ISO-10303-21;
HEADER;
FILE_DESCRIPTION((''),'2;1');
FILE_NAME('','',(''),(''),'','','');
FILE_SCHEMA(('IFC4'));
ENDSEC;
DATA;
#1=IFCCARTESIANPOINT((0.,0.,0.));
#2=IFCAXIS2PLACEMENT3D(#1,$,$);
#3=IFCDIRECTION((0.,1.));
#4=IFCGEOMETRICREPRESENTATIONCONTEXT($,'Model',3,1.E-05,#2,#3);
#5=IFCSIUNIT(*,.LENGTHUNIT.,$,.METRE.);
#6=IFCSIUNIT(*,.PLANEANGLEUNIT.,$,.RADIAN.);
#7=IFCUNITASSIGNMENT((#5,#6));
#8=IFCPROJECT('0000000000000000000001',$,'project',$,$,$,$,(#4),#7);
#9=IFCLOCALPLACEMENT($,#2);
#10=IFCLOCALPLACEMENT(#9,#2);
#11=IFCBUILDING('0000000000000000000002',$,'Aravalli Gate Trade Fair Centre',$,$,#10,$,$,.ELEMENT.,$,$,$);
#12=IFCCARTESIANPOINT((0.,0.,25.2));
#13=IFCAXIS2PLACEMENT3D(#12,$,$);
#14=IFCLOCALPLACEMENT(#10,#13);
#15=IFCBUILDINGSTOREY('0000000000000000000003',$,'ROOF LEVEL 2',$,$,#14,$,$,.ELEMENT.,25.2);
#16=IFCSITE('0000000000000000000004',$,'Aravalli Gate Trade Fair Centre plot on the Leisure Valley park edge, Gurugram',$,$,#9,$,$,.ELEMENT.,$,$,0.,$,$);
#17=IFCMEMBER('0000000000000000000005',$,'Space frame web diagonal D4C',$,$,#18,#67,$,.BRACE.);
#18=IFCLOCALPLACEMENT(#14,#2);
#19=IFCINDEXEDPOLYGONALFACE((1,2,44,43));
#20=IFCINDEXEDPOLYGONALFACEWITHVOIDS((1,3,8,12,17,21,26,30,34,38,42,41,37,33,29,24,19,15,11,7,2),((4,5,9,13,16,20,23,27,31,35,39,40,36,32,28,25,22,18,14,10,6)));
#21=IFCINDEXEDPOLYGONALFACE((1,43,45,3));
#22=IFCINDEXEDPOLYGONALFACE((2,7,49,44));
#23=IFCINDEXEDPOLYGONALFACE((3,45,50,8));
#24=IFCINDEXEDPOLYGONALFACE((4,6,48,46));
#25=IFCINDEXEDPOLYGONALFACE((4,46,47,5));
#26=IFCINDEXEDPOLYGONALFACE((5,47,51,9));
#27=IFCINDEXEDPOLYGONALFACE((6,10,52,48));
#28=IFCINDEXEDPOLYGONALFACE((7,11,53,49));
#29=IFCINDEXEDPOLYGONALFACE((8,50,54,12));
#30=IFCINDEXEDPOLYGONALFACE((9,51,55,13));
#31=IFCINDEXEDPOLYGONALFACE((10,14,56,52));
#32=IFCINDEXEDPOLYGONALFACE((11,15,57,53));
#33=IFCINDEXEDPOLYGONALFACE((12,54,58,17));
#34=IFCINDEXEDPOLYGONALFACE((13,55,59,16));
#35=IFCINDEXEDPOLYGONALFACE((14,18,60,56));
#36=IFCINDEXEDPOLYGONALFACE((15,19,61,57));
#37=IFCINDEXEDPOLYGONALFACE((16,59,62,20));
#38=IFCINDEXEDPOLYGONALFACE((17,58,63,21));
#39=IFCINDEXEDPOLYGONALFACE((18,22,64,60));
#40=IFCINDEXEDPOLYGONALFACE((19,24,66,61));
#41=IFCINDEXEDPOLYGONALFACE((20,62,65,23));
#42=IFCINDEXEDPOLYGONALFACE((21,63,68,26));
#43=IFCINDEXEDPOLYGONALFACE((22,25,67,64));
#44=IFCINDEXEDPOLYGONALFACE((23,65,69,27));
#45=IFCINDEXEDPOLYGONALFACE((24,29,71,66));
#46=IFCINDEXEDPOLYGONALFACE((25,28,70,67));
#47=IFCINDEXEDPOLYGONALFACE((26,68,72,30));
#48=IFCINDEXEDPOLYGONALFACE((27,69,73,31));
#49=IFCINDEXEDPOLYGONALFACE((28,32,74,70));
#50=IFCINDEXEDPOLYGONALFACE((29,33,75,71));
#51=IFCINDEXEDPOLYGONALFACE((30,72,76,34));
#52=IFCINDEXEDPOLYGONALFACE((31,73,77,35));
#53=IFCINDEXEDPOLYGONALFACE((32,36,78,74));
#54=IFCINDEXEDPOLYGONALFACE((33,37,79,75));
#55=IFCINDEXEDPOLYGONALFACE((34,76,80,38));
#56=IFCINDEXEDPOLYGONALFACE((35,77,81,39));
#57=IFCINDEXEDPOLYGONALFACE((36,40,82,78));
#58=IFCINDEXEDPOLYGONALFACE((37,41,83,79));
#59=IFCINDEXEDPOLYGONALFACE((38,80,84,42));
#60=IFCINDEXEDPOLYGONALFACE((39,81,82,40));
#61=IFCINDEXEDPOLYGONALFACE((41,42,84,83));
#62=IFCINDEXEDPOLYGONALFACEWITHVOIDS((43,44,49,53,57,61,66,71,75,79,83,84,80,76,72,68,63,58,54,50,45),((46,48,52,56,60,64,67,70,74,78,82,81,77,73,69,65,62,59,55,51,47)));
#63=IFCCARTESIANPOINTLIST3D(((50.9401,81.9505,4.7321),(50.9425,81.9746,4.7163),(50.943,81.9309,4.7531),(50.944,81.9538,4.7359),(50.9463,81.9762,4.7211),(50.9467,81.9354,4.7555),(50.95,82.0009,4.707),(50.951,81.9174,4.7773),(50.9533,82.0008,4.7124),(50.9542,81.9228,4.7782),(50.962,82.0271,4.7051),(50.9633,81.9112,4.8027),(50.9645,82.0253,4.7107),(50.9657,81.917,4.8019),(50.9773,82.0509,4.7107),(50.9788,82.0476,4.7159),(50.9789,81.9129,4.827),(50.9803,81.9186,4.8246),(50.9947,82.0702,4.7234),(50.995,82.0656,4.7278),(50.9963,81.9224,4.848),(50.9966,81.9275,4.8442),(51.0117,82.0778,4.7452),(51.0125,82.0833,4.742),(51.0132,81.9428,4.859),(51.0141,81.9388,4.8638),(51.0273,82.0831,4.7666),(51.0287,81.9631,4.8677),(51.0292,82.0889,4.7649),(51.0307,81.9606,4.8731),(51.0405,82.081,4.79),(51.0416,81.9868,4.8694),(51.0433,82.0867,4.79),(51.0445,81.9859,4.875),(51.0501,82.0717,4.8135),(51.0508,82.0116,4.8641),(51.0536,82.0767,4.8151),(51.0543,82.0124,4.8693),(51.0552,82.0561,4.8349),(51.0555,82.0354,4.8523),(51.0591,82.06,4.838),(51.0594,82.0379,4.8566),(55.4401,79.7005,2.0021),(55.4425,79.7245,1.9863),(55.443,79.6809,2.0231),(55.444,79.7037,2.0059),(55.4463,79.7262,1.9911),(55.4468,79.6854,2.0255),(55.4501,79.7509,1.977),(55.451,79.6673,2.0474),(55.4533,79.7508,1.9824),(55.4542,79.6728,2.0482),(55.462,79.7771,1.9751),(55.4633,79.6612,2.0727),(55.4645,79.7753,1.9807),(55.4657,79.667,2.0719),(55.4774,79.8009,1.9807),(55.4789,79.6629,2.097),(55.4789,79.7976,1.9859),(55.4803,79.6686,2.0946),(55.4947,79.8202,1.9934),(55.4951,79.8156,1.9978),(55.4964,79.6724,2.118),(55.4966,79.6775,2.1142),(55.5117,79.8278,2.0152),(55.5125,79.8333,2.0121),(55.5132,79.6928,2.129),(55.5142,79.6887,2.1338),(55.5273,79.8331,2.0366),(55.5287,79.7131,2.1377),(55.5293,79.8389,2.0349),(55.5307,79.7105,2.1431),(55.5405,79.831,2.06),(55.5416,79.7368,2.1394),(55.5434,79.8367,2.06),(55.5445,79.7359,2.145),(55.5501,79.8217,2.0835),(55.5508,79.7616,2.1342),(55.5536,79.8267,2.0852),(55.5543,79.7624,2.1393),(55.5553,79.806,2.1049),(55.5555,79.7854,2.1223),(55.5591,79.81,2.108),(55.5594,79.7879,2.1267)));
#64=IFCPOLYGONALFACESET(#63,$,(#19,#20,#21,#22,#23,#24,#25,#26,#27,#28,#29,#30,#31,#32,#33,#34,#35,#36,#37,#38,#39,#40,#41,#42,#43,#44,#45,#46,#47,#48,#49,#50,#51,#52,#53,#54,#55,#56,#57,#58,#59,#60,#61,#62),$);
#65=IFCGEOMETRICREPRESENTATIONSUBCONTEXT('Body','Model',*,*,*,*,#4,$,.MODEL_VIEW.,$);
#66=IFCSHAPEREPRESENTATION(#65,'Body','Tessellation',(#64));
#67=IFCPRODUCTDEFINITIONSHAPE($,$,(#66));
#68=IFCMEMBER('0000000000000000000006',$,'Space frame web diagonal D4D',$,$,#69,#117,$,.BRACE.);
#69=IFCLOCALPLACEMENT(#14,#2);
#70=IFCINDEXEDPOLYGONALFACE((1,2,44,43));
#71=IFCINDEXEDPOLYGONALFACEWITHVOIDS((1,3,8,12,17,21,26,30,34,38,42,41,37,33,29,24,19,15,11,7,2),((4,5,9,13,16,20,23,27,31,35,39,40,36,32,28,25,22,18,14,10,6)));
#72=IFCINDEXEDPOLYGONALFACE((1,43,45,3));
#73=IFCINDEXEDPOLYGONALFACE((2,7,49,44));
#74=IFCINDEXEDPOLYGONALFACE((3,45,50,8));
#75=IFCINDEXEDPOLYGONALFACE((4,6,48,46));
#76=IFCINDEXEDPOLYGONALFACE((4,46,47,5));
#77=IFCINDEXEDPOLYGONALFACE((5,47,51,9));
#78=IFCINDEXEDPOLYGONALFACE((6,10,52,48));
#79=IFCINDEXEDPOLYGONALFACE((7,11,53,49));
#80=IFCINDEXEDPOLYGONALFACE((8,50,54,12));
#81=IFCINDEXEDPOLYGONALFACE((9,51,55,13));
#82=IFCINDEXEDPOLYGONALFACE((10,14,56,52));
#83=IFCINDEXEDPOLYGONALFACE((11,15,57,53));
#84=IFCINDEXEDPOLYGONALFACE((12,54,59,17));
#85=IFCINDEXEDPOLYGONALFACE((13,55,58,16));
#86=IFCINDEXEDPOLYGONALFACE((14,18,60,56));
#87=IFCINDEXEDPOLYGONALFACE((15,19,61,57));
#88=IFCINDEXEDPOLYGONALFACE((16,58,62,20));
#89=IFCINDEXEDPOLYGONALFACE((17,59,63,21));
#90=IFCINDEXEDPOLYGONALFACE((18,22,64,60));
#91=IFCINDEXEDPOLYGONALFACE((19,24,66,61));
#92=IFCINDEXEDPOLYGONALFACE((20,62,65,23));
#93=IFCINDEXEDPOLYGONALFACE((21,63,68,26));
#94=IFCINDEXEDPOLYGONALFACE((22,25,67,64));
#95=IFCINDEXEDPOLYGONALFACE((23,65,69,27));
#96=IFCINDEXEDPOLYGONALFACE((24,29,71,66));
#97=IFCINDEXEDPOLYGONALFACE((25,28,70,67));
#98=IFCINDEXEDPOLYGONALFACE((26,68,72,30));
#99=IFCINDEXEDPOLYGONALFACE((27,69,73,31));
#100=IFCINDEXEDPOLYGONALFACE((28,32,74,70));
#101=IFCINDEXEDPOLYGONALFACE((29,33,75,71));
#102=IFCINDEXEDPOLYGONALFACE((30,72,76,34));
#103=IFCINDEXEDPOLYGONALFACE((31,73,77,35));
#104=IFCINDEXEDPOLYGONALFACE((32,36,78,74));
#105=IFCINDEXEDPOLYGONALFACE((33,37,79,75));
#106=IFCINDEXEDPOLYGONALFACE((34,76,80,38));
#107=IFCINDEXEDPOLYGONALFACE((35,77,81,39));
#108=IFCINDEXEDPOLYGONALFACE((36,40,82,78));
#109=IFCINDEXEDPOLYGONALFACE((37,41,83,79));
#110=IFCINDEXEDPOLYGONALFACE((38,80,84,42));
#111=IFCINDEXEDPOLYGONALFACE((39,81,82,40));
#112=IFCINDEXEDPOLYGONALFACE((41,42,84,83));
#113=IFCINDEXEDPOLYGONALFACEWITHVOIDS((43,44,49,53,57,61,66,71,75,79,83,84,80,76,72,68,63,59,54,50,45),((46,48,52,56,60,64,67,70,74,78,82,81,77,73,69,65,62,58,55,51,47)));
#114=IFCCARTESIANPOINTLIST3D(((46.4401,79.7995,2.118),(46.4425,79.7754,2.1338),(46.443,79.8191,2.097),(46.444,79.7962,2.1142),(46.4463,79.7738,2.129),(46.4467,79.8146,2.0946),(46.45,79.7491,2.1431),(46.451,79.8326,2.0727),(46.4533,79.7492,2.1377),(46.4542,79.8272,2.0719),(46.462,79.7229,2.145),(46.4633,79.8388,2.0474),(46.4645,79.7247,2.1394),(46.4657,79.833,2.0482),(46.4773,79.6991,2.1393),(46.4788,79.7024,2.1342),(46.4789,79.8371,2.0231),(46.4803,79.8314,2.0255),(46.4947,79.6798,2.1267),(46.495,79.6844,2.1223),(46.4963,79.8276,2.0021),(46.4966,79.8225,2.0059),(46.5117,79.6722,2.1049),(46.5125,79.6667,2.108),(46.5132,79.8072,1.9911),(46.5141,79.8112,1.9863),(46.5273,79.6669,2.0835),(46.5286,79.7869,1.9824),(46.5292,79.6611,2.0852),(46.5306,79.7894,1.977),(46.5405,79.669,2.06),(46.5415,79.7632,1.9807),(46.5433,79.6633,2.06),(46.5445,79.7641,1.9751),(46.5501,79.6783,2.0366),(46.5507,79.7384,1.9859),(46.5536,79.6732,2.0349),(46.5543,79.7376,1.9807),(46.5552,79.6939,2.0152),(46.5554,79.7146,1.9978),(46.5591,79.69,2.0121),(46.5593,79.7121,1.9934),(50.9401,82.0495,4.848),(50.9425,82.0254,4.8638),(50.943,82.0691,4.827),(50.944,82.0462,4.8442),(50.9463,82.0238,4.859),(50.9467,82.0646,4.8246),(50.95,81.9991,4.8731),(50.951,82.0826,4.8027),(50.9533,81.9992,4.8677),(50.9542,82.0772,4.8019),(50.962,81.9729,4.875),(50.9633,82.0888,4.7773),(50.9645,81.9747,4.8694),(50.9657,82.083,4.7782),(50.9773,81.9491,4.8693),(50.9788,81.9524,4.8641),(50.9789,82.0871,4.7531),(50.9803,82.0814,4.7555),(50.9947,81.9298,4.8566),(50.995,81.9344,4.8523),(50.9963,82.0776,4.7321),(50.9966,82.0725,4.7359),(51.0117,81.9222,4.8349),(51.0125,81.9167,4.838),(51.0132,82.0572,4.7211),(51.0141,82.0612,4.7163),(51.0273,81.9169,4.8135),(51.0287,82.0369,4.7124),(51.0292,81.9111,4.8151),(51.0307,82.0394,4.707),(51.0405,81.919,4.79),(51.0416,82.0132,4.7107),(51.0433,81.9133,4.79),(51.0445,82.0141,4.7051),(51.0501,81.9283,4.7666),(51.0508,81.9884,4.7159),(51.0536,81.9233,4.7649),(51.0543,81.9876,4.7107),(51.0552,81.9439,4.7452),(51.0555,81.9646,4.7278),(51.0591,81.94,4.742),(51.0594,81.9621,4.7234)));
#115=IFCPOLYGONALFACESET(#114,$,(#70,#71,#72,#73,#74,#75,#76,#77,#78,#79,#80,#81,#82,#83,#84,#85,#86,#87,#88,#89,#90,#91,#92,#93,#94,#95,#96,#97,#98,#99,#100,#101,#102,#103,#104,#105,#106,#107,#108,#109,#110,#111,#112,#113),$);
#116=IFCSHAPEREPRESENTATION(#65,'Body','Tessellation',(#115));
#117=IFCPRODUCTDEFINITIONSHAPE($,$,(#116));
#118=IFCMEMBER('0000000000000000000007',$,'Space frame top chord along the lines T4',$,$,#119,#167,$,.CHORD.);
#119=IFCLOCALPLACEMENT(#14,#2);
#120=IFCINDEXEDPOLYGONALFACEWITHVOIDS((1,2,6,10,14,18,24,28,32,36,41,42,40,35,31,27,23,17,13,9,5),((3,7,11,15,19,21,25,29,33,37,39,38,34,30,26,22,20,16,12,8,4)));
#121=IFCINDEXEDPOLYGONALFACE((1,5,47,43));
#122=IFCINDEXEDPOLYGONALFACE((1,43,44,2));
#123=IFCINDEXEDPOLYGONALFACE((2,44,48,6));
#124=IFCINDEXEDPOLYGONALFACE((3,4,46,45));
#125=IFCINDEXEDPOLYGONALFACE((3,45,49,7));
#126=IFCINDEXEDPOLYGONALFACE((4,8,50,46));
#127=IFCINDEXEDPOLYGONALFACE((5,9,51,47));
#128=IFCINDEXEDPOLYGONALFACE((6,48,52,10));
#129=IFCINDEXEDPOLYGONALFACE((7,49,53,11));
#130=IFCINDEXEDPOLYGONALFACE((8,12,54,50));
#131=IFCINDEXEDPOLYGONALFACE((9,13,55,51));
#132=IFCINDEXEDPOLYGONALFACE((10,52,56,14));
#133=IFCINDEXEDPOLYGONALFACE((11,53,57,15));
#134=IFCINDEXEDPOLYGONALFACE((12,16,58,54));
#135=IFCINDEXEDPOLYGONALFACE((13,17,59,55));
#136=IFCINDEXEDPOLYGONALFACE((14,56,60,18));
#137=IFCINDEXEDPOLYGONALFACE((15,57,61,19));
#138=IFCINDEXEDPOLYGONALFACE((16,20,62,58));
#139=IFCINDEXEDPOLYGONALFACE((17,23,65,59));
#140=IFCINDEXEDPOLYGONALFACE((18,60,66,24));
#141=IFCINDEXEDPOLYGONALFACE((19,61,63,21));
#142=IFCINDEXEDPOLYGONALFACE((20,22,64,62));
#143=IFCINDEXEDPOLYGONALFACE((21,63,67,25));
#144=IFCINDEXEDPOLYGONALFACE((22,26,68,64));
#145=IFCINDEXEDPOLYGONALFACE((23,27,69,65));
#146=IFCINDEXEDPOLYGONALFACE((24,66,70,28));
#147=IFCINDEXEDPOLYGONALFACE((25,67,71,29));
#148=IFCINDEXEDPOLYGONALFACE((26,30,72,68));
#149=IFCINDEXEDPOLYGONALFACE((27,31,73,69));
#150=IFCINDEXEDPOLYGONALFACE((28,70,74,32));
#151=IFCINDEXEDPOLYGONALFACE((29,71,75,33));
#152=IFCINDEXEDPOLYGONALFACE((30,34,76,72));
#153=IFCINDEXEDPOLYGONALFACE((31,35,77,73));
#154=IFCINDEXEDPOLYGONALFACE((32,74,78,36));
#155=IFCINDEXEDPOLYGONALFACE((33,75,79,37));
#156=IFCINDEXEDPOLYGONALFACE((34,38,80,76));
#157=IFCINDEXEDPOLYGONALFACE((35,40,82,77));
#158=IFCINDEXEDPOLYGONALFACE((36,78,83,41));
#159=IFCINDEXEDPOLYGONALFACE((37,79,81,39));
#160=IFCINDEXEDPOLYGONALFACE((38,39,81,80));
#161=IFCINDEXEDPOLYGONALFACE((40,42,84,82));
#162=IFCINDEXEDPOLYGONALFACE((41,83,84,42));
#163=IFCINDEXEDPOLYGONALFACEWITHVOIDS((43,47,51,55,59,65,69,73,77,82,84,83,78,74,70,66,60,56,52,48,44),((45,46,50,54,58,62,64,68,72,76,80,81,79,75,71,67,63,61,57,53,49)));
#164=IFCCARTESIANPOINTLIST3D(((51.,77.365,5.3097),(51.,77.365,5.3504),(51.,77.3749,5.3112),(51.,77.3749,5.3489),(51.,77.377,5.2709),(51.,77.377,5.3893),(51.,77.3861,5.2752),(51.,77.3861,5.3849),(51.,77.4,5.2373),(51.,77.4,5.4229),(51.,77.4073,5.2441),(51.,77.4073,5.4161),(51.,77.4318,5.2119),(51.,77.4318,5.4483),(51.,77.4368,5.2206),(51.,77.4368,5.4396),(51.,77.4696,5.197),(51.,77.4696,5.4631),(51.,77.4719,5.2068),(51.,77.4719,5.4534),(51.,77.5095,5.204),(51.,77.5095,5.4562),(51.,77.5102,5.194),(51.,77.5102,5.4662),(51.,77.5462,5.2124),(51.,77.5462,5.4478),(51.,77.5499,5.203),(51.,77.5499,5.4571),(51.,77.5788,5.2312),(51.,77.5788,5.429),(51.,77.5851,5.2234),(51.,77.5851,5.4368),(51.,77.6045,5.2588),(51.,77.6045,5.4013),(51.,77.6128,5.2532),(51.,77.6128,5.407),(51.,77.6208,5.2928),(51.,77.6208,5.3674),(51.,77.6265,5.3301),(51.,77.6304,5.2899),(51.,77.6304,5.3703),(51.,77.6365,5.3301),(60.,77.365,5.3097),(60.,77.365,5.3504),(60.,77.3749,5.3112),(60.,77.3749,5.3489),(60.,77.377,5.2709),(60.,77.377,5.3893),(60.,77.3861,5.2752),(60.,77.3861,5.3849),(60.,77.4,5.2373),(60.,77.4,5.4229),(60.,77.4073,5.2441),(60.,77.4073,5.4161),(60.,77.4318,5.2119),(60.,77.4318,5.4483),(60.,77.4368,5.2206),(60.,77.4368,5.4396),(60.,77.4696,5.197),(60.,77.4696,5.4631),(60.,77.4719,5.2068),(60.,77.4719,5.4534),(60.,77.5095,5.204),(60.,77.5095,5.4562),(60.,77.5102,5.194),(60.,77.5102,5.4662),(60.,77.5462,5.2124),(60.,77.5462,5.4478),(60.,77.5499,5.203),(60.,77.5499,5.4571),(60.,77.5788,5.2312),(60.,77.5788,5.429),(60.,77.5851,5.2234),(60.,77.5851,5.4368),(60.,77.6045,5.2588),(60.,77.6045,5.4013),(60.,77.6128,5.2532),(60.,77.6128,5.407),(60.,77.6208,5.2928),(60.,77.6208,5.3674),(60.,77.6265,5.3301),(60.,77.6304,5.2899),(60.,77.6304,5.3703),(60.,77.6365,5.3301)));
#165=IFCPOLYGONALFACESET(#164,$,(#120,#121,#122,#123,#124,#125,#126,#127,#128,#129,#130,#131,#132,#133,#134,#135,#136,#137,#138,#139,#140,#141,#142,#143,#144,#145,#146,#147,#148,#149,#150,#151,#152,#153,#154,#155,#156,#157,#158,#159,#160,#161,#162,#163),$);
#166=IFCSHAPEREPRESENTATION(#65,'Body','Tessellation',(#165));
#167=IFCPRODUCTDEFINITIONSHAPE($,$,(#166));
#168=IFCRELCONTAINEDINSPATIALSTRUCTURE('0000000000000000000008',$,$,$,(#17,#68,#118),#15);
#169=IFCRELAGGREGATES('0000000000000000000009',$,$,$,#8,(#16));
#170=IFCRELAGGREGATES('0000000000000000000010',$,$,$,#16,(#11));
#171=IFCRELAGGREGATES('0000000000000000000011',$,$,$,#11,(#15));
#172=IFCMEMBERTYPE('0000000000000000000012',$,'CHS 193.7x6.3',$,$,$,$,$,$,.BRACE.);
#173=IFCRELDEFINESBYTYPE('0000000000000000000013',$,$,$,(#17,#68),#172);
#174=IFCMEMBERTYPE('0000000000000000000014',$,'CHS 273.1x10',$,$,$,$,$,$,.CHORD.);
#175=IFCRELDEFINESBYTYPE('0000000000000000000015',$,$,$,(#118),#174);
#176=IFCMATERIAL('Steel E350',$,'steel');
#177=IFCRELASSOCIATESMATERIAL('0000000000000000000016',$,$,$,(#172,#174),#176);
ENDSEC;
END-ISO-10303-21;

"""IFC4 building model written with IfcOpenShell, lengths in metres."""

from ifc_helpers import new_model, si_unit, direction, frame, origin, origin_2d, place, context, subcontext, project, spatial, hollow_circle, extrude, material, material_profile, profile_set, type_object, element, save


model = new_model("IFC4")

# Units and contexts
model_context = context("Model", 3, precision=1e-05, world=origin(), true_north=direction((0.0, 1.0)))
body_context = subcontext(model_context, "Body", "Model", "MODEL_VIEW")
ifc_project = project(units=[si_unit("LENGTHUNIT", "METRE"), si_unit("PLANEANGLEUNIT", "RADIAN")], contexts=[model_context])

# Site, building, storey
site_placement = place(None, origin())
site = spatial("IfcSite", under=ifc_project, at=site_placement, Name="Aravalli Gate Trade Fair Centre plot on the Leisure Valley park edge, Gurugram", CompositionType="ELEMENT", RefElevation=0.0)
building_placement = place(site_placement, origin())
building = spatial("IfcBuilding", under=site, at=building_placement, Name="Aravalli Gate Trade Fair Centre", CompositionType="ELEMENT")
storey_placement = place(building_placement, frame((0.0, 0.0, 25.2)))
storey = spatial("IfcBuildingStorey", under=building, at=storey_placement, Name="ROOF LEVEL 2", CompositionType="ELEMENT", Elevation=25.2)

# Members
ifc_material_1 = material(Name="Steel E350", Category="steel")
ifc_material_profile_1 = material_profile(ifc_material_1, hollow_circle(Radius=0.0969, WallThickness=0.0063, at=origin_2d()), Name="CHS 193.7x6.3")
ifc_profile_set_1 = profile_set([ifc_material_profile_1], Name="Steel E350")
member_type_1 = type_object("IfcMemberType", Name="CHS 193.7x6.3", PredefinedType="BRACE", material=ifc_profile_set_1)
for number, where, z_axis, x_axis, name in (
    (1, (51.0, 82.0, 4.79), (0.78615, -0.393075, -0.476928), (0.447214, 0.894427, 0.0), "Space frame web diagonal D4C"),
    (2, (51.0, 82.0, 4.79), (-0.78615, -0.393075, -0.476928), (0.447214, -0.894427, 0.0), "Space frame web diagonal D4D"),
):
    element("IfcMember", number, at=place(storey_placement, frame(where, z_axis=z_axis, x_axis=x_axis)), inside=storey, type_object=member_type_1, Name=name, PredefinedType="BRACE", context=body_context, shape_type="SweptSolid", body=[
        extrude(hollow_circle(Radius=0.0969, WallThickness=0.0063, at=origin_2d()), origin(), (0.0, 0.0, 1.0), 5.7241),
    ])
ifc_material_profile_2 = material_profile(ifc_material_1, hollow_circle(Radius=0.1365, WallThickness=0.01, at=origin_2d()), Name="CHS 273.1x10")
ifc_profile_set_2 = profile_set([ifc_material_profile_2], Name="Steel E350")
member_type_2 = type_object("IfcMemberType", Name="CHS 273.1x10", PredefinedType="CHORD", material=ifc_profile_set_2)
for number, where, z_axis, x_axis, name in (
    (3, (51.0, 77.5, 5.3301), (1.0, 0.0, 0.0), (0.0, 1.0, 0.0), "Space frame top chord along the lines T4"),
):
    element("IfcMember", number, at=place(storey_placement, frame(where, z_axis=z_axis, x_axis=x_axis)), inside=storey, type_object=member_type_2, Name=name, PredefinedType="CHORD", context=body_context, shape_type="SweptSolid", body=[
        extrude(hollow_circle(Radius=0.1365, WallThickness=0.01, at=origin_2d()), origin(), (0.0, 0.0, 1.0), 9.0),
    ])

save(model, "model.ifc")
